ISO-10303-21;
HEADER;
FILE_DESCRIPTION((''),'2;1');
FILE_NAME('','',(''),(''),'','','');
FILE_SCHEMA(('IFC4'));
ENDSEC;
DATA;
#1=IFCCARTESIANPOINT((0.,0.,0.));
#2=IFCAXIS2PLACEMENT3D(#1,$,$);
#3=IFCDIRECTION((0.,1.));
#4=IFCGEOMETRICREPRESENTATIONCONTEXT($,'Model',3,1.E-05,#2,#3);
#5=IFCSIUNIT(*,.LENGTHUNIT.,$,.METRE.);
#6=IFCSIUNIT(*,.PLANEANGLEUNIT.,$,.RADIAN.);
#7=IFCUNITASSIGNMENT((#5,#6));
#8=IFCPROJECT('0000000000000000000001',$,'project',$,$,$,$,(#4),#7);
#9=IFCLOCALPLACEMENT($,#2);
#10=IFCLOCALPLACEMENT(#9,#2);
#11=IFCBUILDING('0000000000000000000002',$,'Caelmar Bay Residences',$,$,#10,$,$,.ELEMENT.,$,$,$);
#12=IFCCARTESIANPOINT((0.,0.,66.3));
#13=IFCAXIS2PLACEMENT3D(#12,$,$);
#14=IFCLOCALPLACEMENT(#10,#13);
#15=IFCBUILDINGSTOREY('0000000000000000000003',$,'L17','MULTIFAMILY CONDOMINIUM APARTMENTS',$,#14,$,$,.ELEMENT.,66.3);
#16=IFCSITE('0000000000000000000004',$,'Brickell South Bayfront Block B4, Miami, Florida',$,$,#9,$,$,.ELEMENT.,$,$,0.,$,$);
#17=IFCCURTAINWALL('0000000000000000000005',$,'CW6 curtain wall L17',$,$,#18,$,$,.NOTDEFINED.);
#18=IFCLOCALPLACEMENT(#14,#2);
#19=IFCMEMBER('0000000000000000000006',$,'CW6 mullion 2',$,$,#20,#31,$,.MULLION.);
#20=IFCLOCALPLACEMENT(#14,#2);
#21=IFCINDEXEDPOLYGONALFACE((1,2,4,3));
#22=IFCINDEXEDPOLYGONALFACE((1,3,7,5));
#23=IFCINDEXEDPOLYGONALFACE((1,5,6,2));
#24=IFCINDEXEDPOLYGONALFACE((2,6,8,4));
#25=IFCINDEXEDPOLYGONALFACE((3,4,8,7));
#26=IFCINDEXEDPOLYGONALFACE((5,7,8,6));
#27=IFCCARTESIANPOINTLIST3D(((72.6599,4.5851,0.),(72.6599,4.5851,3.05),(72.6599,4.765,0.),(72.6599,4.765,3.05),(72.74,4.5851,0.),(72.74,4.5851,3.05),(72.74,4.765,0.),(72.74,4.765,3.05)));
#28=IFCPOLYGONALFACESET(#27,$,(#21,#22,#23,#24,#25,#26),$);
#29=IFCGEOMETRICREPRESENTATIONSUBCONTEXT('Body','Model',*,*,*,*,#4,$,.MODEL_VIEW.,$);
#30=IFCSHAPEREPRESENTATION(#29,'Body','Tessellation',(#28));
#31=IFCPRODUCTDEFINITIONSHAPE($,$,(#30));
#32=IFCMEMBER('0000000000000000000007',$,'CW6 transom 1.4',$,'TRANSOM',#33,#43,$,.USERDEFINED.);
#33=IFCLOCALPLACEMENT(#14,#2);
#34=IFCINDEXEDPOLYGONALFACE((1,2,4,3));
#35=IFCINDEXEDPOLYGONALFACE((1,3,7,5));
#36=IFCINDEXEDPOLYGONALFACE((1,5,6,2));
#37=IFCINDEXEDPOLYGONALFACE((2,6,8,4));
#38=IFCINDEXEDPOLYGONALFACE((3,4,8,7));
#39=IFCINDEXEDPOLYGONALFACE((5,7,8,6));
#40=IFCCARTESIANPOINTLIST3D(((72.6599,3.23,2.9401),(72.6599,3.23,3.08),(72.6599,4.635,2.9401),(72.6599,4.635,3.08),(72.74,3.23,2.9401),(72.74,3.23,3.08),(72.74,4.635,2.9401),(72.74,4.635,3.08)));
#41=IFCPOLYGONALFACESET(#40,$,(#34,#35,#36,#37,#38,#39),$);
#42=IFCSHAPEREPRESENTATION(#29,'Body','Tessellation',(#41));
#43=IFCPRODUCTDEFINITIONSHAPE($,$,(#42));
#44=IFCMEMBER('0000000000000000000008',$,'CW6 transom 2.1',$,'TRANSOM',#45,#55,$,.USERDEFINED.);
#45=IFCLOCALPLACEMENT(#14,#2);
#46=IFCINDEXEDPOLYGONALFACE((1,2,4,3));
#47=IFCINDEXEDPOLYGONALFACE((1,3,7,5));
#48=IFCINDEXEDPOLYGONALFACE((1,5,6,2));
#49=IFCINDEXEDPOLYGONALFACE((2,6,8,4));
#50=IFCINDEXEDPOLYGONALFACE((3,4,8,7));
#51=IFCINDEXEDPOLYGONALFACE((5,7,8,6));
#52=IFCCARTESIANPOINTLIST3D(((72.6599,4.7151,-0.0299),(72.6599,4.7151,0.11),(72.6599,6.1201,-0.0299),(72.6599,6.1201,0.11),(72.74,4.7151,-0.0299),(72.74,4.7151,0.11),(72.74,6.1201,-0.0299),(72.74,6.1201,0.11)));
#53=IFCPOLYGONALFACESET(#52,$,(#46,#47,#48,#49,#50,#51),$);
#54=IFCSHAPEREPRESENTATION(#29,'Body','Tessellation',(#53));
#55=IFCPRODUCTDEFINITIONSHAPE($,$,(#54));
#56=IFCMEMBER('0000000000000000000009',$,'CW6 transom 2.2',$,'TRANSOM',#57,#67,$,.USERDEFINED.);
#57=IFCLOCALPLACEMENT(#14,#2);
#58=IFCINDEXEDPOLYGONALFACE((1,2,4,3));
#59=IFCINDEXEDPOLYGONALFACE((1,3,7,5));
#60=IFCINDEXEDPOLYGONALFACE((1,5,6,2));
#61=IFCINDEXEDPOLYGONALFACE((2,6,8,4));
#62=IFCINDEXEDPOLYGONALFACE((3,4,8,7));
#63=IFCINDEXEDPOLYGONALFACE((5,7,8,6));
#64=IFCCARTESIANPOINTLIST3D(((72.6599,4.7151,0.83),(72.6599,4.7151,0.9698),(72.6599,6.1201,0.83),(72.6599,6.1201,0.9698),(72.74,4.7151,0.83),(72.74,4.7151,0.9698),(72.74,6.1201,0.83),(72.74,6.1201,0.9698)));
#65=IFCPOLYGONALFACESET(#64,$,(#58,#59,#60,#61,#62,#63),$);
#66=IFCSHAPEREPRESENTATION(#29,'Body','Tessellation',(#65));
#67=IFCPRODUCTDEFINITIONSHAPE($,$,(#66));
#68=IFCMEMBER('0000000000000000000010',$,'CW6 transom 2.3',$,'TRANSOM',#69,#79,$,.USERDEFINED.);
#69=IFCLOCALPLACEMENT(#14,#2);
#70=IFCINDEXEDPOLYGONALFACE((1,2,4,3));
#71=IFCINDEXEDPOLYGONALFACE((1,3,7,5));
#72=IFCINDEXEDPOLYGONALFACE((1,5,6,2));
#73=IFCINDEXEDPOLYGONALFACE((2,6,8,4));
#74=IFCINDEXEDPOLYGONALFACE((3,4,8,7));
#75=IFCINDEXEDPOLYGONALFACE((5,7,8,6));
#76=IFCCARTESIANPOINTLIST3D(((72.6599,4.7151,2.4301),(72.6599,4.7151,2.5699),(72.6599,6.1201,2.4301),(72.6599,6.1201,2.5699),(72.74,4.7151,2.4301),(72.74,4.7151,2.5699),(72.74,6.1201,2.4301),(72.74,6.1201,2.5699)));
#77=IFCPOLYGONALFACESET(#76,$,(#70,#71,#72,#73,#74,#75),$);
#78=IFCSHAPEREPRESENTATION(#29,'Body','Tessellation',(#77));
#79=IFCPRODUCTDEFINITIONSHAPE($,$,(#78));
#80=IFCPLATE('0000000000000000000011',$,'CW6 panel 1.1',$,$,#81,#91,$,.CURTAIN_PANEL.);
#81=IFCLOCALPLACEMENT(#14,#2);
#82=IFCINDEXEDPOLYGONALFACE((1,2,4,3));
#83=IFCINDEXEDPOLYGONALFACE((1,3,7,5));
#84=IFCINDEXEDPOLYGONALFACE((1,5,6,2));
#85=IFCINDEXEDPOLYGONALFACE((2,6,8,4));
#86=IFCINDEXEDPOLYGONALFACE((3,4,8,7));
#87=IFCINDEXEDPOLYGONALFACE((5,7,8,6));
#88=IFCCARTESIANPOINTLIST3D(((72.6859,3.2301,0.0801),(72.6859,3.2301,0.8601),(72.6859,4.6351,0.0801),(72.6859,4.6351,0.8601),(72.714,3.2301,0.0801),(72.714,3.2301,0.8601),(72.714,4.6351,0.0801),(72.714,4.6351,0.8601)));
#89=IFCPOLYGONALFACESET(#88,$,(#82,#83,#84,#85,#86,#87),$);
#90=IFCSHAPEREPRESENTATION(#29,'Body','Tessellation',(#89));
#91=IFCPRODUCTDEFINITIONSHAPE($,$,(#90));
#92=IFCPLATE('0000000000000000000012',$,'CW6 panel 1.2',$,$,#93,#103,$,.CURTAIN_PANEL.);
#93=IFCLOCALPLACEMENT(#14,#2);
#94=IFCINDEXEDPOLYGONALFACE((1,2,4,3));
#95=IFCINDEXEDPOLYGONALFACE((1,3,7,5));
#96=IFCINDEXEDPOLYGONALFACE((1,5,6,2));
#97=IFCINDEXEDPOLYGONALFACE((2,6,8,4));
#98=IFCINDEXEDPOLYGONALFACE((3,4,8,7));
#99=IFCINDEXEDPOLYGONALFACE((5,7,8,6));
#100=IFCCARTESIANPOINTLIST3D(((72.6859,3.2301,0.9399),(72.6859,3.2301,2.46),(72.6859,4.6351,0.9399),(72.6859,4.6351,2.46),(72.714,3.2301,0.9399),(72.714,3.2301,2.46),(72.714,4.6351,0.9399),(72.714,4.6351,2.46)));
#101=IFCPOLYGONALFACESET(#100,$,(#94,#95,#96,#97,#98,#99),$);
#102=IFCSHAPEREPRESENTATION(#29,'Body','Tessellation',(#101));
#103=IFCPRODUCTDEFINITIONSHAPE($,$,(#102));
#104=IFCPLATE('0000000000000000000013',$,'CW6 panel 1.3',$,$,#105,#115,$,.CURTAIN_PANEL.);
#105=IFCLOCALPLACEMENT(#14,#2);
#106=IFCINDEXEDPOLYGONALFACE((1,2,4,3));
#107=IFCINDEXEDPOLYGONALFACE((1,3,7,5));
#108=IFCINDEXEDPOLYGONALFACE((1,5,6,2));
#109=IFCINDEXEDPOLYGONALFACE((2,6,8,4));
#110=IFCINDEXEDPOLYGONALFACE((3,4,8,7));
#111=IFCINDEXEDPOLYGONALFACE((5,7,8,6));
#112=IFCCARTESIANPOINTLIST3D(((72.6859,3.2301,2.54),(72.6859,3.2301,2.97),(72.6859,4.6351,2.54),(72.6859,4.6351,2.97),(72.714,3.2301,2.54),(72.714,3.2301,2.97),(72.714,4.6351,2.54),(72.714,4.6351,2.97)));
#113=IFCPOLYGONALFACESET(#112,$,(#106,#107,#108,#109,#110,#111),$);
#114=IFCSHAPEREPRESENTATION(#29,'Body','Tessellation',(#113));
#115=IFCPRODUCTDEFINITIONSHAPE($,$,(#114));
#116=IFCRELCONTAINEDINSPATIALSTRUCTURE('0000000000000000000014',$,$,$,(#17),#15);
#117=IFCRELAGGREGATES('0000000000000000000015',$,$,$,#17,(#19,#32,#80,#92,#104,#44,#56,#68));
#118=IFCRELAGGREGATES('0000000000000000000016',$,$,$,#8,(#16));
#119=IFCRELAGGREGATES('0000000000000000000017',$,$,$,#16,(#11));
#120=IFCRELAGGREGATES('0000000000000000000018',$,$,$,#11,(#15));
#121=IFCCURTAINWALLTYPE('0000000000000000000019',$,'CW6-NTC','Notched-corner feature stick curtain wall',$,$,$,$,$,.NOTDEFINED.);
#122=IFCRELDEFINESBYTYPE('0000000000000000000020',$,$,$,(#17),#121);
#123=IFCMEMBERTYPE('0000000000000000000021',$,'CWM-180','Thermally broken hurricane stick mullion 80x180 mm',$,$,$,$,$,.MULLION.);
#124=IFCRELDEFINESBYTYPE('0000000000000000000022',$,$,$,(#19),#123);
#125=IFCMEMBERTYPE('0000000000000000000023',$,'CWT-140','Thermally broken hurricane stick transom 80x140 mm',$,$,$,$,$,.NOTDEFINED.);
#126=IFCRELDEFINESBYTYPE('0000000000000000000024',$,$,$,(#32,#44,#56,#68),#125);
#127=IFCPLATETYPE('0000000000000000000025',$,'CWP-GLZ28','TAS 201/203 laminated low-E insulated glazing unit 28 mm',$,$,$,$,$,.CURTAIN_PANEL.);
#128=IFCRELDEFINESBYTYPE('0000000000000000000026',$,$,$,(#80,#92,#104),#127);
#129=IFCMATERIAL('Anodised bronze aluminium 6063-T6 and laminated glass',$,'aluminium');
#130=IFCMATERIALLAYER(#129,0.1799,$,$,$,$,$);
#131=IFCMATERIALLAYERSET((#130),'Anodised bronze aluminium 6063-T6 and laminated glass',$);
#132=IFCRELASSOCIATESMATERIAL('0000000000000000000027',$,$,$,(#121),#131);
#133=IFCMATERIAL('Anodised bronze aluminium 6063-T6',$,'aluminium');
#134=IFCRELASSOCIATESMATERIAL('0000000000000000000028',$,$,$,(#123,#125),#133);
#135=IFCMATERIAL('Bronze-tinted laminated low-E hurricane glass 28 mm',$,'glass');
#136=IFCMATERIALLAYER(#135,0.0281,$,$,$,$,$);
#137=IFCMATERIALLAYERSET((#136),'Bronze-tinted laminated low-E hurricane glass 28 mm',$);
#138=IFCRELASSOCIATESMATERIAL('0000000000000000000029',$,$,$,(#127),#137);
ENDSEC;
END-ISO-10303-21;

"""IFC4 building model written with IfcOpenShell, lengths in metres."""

from ifc_helpers import new_model, si_unit, direction, frame, origin, origin_2d, place, context, subcontext, project, spatial, rectangle, extrude, material, layer, layer_set, material_profile, profile_set, type_object, element, aggregate, save


model = new_model("IFC4")

# Units and contexts
model_context = context("Model", 3, precision=1e-05, world=origin(), true_north=direction((0.0, 1.0)))
body_context = subcontext(model_context, "Body", "Model", "MODEL_VIEW")
ifc_project = project(units=[si_unit("LENGTHUNIT", "METRE"), si_unit("PLANEANGLEUNIT", "RADIAN")], contexts=[model_context])

# Site, building, storey
site_placement = place(None, origin())
site = spatial("IfcSite", under=ifc_project, at=site_placement, Name="Brickell South Bayfront Block B4, Miami, Florida", CompositionType="ELEMENT", RefElevation=0.0)
building_placement = place(site_placement, origin())
building = spatial("IfcBuilding", under=site, at=building_placement, Name="Caelmar Bay Residences", CompositionType="ELEMENT")
storey_placement = place(building_placement, frame((0.0, 0.0, 66.3)))
storey = spatial("IfcBuildingStorey", under=building, at=storey_placement, Name="L17", Description="MULTIFAMILY CONDOMINIUM APARTMENTS", CompositionType="ELEMENT", Elevation=66.3)

# Curtain wall, members, plates
ifc_material_1 = material(Name="Anodised bronze aluminium 6063-T6 and laminated glass", Category="aluminium")
ifc_layer_1 = layer(ifc_material_1, 0.1799)
ifc_layer_set_1 = layer_set([ifc_layer_1], Name="Anodised bronze aluminium 6063-T6 and laminated glass")
curtain_wall_type = type_object("IfcCurtainWallType", Name="CW6-NTC", Description="Notched-corner feature stick curtain wall", PredefinedType="NOTDEFINED", material=ifc_layer_set_1)
curtain_wall_placement = place(storey_placement, origin())
curtain_wall = element("IfcCurtainWall", 1, at=curtain_wall_placement, inside=storey, type_object=curtain_wall_type, Name="CW6 curtain wall L17", PredefinedType="NOTDEFINED")
ifc_material_2 = material(Name="Anodised bronze aluminium 6063-T6", Category="aluminium")
ifc_material_profile_1 = material_profile(ifc_material_2, rectangle(XDim=0.0801, YDim=0.1799, at=origin_2d()), Name="CWM-80X180")
ifc_profile_set_1 = profile_set([ifc_material_profile_1], Name="Anodised bronze aluminium 6063-T6")
member_type_1 = type_object("IfcMemberType", Name="CWM-180", Description="Thermally broken hurricane stick mullion 80x180 mm", PredefinedType="MULLION", material=ifc_profile_set_1)
member_1_placement = place(storey_placement, frame((72.7, 4.675, 0.0), z_axis=(0.0, 0.0, 1.0), x_axis=(-1.0, 0.0, 0.0)))
member_1 = element("IfcMember", 2, at=member_1_placement, type_object=member_type_1, Name="CW6 mullion 2", PredefinedType="MULLION", context=body_context, shape_type="SweptSolid", body=[
    extrude(rectangle(XDim=0.0801, YDim=0.1799, at=origin_2d()), origin(), (0.0, 0.0, 1.0), 3.05),
])
ifc_material_profile_2 = material_profile(ifc_material_2, rectangle(XDim=0.0801, YDim=0.1399, at=origin_2d()), Name="CWT-80X140")
ifc_profile_set_2 = profile_set([ifc_material_profile_2], Name="Anodised bronze aluminium 6063-T6")
member_type_2 = type_object("IfcMemberType", Name="CWT-140", Description="Thermally broken hurricane stick transom 80x140 mm", PredefinedType="NOTDEFINED", material=ifc_profile_set_2)
member_2_placement = place(storey_placement, frame((72.7, 3.23, 3.01), z_axis=(0.0, 1.0, 0.0), x_axis=(-1.0, 0.0, 0.0)))
member_2 = element("IfcMember", 3, at=member_2_placement, type_object=member_type_2, Name="CW6 transom 1.4", ObjectType="TRANSOM", PredefinedType="USERDEFINED", context=body_context, shape_type="SweptSolid", body=[
    extrude(rectangle(XDim=0.0801, YDim=0.1399, at=origin_2d()), origin(), (0.0, 0.0, 1.0), 1.405),
])
member_3_placement = place(storey_placement, frame((72.7, 4.7151, 0.04), z_axis=(0.0, 1.0, 0.0), x_axis=(-1.0, 0.0, 0.0)))
member_3 = element("IfcMember", 4, at=member_3_placement, type_object=member_type_2, Name="CW6 transom 2.1", ObjectType="TRANSOM", PredefinedType="USERDEFINED", context=body_context, shape_type="SweptSolid", body=[
    extrude(rectangle(XDim=0.0801, YDim=0.1399, at=origin_2d()), origin(), (0.0, 0.0, 1.0), 1.405),
])
member_4_placement = place(storey_placement, frame((72.7, 4.7151, 0.8999), z_axis=(0.0, 1.0, 0.0), x_axis=(-1.0, 0.0, 0.0)))
member_4 = element("IfcMember", 5, at=member_4_placement, type_object=member_type_2, Name="CW6 transom 2.2", ObjectType="TRANSOM", PredefinedType="USERDEFINED", context=body_context, shape_type="SweptSolid", body=[
    extrude(rectangle(XDim=0.0801, YDim=0.1399, at=origin_2d()), origin(), (0.0, 0.0, 1.0), 1.405),
])
member_5_placement = place(storey_placement, frame((72.7, 4.7151, 2.5), z_axis=(0.0, 1.0, 0.0), x_axis=(-1.0, 0.0, 0.0)))
member_5 = element("IfcMember", 6, at=member_5_placement, type_object=member_type_2, Name="CW6 transom 2.3", ObjectType="TRANSOM", PredefinedType="USERDEFINED", context=body_context, shape_type="SweptSolid", body=[
    extrude(rectangle(XDim=0.0801, YDim=0.1399, at=origin_2d()), origin(), (0.0, 0.0, 1.0), 1.405),
])
ifc_material_3 = material(Name="Bronze-tinted laminated low-E hurricane glass 28 mm", Category="glass")
ifc_layer_2 = layer(ifc_material_3, 0.0281)
ifc_layer_set_2 = layer_set([ifc_layer_2], Name="Bronze-tinted laminated low-E hurricane glass 28 mm")
plate_type = type_object("IfcPlateType", Name="CWP-GLZ28", Description="TAS 201/203 laminated low-E insulated glazing unit 28 mm", PredefinedType="CURTAIN_PANEL", material=ifc_layer_set_2)
plate_1_placement = place(storey_placement, frame((72.7, 3.9326, 0.0801), z_axis=(0.0, 0.0, 1.0), x_axis=(0.0, 1.0, 0.0)))
plate_1 = element("IfcPlate", 7, at=plate_1_placement, type_object=plate_type, Name="CW6 panel 1.1", PredefinedType="CURTAIN_PANEL", context=body_context, shape_type="SweptSolid", body=[
    extrude(rectangle(XDim=1.405, YDim=0.0281, at=origin_2d()), origin(), (0.0, 0.0, 1.0), 0.78),
])
plate_2_placement = place(storey_placement, frame((72.7, 3.9326, 0.9399), z_axis=(0.0, 0.0, 1.0), x_axis=(0.0, 1.0, 0.0)))
plate_2 = element("IfcPlate", 8, at=plate_2_placement, type_object=plate_type, Name="CW6 panel 1.2", PredefinedType="CURTAIN_PANEL", context=body_context, shape_type="SweptSolid", body=[
    extrude(rectangle(XDim=1.405, YDim=0.0281, at=origin_2d()), origin(), (0.0, 0.0, 1.0), 1.52),
])
plate_3_placement = place(storey_placement, frame((72.7, 3.9326, 2.54), z_axis=(0.0, 0.0, 1.0), x_axis=(0.0, 1.0, 0.0)))
plate_3 = element("IfcPlate", 9, at=plate_3_placement, type_object=plate_type, Name="CW6 panel 1.3", PredefinedType="CURTAIN_PANEL", context=body_context, shape_type="SweptSolid", body=[
    extrude(rectangle(XDim=1.405, YDim=0.0281, at=origin_2d()), origin(), (0.0, 0.0, 1.0), 0.4299),
])
aggregate(curtain_wall, [member_1, member_2, plate_1, plate_2, plate_3, member_3, member_4, member_5])

save(model, "model.ifc")
